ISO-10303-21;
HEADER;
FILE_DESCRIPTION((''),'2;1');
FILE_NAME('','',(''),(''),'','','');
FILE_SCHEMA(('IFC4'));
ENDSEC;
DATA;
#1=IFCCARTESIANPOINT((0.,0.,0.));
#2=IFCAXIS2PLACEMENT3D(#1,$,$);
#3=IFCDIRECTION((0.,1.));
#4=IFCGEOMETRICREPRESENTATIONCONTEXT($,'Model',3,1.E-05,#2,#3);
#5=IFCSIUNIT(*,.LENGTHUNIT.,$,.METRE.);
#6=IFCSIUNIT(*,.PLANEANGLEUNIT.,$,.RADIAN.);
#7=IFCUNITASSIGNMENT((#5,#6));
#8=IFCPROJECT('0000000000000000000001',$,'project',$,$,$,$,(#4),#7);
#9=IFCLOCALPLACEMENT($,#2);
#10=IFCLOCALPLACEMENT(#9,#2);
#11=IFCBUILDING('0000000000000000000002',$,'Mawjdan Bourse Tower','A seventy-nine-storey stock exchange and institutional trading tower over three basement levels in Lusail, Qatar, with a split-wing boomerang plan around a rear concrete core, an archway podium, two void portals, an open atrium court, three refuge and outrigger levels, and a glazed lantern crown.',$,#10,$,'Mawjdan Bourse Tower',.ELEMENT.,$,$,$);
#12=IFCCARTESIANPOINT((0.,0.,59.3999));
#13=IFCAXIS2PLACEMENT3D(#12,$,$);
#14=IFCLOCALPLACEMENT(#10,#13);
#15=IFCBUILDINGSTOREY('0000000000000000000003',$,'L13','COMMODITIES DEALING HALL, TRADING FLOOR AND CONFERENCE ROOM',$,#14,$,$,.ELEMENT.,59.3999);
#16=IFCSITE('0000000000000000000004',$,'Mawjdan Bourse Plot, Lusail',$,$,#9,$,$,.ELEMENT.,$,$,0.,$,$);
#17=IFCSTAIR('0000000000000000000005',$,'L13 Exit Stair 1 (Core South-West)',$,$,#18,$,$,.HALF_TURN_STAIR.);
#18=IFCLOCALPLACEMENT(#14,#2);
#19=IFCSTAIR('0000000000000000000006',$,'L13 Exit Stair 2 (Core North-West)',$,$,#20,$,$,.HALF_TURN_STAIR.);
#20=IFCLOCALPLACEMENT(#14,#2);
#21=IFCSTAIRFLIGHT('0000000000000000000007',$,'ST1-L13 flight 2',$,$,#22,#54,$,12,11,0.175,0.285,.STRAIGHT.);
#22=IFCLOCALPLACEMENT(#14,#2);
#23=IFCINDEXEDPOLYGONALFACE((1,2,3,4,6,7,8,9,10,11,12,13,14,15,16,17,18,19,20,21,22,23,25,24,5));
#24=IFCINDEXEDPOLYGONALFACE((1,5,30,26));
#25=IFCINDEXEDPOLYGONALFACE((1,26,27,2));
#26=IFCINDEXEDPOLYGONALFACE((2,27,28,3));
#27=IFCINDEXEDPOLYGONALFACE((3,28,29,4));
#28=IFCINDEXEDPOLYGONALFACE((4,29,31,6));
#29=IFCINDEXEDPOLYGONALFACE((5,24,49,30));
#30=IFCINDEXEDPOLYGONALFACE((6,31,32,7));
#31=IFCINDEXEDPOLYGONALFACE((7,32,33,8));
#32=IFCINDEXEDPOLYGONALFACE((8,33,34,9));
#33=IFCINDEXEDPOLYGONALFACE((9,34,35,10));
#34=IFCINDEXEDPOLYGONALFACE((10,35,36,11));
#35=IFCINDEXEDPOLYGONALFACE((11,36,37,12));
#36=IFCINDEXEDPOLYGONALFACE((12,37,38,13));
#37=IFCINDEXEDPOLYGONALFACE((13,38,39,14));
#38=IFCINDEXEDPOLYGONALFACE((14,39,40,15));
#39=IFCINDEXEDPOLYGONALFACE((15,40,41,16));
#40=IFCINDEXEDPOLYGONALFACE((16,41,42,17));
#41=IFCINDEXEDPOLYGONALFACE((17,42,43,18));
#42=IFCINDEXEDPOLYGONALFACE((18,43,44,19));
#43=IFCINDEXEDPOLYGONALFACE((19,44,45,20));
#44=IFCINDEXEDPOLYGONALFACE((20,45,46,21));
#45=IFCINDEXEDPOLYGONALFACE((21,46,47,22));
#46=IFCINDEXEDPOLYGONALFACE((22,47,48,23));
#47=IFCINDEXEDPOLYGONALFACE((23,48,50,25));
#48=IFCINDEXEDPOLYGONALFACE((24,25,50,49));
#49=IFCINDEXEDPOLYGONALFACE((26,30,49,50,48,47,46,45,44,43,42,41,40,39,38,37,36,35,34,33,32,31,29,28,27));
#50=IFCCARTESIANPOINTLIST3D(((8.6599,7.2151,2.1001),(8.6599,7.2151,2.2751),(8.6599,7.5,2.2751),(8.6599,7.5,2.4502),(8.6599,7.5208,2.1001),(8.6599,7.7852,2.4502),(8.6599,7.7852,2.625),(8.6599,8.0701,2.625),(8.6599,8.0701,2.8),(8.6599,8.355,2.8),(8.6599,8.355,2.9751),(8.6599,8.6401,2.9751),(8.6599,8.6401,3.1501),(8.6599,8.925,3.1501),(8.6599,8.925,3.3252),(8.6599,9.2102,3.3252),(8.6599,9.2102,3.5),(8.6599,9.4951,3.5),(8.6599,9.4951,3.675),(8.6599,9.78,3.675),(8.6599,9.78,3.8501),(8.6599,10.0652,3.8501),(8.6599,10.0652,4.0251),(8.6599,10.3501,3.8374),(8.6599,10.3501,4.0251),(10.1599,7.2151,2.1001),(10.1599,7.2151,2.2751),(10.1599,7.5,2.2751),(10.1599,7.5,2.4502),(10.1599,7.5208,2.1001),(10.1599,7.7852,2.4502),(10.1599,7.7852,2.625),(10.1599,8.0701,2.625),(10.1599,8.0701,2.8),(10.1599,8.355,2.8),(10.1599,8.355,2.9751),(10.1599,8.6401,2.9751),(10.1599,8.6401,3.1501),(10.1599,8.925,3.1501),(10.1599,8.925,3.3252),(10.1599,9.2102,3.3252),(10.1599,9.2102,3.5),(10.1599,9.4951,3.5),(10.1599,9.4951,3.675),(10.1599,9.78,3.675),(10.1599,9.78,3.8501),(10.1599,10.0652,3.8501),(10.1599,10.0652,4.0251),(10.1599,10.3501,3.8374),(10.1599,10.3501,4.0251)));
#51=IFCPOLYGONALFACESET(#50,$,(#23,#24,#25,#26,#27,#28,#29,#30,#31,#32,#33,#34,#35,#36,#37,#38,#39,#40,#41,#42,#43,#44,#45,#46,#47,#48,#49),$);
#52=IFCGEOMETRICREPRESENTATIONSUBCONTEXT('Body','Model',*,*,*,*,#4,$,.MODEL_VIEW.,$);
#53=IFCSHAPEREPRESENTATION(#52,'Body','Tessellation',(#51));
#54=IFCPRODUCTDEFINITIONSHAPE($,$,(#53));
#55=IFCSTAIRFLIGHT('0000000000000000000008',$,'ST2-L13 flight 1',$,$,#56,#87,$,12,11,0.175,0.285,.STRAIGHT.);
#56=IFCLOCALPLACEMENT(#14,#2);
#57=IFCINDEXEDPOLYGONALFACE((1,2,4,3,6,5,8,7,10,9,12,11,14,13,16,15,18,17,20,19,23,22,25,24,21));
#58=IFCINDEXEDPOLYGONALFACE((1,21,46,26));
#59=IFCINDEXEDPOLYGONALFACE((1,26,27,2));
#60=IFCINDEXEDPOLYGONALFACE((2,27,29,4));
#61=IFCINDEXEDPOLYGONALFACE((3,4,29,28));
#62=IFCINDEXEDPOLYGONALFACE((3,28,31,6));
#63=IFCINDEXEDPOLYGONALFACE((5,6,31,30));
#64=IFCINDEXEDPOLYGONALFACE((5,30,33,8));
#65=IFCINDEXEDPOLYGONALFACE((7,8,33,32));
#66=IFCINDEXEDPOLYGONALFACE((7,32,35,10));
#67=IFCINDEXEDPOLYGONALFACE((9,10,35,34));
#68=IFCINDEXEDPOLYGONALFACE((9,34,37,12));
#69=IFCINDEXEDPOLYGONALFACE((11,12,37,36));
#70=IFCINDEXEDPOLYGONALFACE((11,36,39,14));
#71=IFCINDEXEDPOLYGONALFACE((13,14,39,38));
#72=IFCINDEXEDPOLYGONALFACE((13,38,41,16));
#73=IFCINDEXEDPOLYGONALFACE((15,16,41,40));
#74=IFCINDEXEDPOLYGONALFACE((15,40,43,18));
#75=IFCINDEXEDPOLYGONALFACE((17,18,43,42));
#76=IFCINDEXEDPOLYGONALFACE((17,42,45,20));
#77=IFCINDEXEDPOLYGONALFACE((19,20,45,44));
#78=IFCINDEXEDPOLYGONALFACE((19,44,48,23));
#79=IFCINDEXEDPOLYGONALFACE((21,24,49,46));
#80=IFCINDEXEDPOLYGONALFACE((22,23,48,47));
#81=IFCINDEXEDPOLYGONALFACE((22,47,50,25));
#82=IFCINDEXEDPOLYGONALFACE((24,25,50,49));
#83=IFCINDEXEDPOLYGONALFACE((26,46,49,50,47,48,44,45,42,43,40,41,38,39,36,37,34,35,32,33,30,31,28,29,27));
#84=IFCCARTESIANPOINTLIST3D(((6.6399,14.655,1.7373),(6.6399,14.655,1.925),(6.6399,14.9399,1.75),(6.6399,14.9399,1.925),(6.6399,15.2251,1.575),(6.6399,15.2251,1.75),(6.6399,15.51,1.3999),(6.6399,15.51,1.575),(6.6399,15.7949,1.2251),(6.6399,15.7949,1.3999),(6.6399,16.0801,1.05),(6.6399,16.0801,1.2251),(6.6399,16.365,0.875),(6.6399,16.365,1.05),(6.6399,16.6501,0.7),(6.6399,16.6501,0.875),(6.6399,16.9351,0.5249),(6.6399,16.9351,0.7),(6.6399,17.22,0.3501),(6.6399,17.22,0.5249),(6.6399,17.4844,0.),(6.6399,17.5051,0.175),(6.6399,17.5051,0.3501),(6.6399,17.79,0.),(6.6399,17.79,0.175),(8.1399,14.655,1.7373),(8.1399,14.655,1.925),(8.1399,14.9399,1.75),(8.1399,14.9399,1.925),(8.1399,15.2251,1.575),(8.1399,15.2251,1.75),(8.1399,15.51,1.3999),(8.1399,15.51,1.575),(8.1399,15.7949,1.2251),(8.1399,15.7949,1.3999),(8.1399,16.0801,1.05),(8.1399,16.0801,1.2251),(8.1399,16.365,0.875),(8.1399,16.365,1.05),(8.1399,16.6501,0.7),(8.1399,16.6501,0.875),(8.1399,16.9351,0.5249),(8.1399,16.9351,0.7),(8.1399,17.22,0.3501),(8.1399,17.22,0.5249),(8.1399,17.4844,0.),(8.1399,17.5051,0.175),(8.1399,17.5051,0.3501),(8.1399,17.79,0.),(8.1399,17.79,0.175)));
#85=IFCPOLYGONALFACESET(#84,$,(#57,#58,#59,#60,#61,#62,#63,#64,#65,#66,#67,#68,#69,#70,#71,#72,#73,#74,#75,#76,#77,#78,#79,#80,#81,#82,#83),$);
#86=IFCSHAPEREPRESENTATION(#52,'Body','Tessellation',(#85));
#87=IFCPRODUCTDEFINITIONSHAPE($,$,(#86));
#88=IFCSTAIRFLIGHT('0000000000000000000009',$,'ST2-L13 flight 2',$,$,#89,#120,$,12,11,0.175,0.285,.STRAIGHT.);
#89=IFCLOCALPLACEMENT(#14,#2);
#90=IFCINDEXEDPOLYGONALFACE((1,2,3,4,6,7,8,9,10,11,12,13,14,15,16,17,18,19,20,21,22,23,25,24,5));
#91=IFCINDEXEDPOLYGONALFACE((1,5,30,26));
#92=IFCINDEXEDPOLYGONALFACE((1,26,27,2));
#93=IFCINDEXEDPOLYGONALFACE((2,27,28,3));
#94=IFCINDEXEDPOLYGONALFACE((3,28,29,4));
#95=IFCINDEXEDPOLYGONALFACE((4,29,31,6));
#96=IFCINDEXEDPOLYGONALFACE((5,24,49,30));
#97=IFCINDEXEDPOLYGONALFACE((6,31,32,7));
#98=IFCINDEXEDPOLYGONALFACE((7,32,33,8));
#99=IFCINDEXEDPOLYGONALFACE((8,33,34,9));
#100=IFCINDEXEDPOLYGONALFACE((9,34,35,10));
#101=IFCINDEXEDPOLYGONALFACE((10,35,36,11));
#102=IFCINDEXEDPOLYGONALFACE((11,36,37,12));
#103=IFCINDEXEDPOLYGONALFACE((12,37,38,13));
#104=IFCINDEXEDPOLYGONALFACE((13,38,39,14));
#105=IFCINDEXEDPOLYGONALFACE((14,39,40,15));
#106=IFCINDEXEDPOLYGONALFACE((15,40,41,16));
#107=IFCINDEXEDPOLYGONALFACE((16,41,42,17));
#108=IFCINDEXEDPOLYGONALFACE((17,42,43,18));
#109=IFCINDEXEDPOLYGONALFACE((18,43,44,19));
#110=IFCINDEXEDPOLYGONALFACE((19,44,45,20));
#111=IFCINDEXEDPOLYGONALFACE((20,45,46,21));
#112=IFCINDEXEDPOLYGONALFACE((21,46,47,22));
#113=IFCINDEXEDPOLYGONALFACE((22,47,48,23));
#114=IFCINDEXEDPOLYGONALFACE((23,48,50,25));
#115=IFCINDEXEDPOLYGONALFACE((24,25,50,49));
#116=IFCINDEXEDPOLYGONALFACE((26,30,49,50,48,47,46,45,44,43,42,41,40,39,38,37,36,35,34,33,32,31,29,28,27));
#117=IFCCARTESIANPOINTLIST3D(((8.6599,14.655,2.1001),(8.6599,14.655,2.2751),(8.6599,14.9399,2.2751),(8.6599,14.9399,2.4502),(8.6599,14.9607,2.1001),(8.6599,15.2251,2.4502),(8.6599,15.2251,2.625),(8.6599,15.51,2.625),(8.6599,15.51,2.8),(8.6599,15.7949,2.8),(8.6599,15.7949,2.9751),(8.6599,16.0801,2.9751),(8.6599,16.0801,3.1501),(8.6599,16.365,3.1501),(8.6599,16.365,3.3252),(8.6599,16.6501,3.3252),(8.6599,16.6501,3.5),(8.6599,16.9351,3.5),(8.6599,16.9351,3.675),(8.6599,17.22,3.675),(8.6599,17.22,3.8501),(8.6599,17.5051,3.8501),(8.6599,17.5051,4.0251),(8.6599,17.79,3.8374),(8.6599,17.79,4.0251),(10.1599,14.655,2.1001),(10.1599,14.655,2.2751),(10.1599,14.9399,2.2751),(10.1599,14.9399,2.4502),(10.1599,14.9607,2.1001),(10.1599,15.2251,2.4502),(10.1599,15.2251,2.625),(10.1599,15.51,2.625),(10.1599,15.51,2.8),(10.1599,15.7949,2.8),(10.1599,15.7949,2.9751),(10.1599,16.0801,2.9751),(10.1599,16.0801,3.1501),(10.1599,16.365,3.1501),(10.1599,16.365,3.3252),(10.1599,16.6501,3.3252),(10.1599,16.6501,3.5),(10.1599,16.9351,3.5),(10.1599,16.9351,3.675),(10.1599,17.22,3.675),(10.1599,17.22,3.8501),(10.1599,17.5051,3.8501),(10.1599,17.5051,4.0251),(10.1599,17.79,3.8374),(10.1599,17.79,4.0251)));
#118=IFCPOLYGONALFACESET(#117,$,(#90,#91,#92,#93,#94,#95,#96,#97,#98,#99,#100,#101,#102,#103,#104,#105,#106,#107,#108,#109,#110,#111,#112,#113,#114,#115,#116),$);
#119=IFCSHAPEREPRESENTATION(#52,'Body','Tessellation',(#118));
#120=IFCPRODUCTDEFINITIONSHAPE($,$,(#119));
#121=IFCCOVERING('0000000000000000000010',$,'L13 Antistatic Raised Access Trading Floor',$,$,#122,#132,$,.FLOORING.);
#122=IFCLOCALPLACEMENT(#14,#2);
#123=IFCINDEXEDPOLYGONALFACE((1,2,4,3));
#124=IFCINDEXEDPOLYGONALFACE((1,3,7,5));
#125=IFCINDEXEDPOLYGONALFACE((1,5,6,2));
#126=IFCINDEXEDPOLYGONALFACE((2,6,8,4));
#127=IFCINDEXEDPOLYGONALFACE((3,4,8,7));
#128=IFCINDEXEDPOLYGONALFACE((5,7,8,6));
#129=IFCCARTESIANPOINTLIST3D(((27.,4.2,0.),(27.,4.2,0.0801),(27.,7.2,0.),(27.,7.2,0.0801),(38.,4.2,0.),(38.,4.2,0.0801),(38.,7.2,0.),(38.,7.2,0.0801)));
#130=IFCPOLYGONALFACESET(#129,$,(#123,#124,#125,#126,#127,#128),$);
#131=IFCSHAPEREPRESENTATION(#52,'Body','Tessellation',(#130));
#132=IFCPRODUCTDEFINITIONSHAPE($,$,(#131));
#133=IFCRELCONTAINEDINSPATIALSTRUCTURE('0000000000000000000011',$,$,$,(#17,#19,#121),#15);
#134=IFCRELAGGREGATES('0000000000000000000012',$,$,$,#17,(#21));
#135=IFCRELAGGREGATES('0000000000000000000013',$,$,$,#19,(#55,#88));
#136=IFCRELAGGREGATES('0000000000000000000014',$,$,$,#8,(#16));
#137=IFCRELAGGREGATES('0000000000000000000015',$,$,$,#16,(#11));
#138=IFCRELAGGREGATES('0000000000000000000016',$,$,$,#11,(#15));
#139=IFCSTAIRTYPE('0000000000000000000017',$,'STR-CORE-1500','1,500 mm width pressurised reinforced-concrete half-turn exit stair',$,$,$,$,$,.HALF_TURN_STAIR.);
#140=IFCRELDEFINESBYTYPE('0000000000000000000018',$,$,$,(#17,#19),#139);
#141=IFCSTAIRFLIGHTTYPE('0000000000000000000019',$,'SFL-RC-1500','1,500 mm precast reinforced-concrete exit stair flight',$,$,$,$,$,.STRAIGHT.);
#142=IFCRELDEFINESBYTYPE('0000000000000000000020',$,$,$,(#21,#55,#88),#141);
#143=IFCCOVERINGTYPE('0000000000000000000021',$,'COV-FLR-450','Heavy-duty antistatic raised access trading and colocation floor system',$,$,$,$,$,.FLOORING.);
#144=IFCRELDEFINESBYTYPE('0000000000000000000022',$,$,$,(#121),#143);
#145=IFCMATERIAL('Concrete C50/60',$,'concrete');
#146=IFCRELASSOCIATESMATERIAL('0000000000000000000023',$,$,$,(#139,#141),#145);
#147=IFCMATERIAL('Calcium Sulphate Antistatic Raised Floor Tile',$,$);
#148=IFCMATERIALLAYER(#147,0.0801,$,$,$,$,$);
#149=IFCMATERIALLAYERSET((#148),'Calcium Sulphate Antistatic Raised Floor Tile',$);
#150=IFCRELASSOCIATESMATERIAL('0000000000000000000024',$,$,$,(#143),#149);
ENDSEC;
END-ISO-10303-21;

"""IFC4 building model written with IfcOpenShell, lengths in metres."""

from ifc_helpers import new_model, si_unit, direction, frame, origin, place, context, subcontext, project, spatial, polyline, outline, extrude, material, layer, layer_set, type_object, element, aggregate, save


model = new_model("IFC4")

# Units and contexts
model_context = context("Model", 3, precision=1e-05, world=origin(), true_north=direction((0.0, 1.0)))
body_context = subcontext(model_context, "Body", "Model", "MODEL_VIEW")
ifc_project = project(units=[si_unit("LENGTHUNIT", "METRE"), si_unit("PLANEANGLEUNIT", "RADIAN")], contexts=[model_context])

# Site, building, storey
site_placement = place(None, origin())
site = spatial("IfcSite", under=ifc_project, at=site_placement, Name="Mawjdan Bourse Plot, Lusail", CompositionType="ELEMENT", RefElevation=0.0)
building_placement = place(site_placement, origin())
building = spatial("IfcBuilding", under=site, at=building_placement, Name="Mawjdan Bourse Tower", Description="A seventy-nine-storey stock exchange and institutional trading tower over three basement levels in Lusail, Qatar, with a split-wing boomerang plan around a rear concrete core, an archway podium, two void portals, an open atrium court, three refuge and outrigger levels, and a glazed lantern crown.", LongName="Mawjdan Bourse Tower", CompositionType="ELEMENT")
storey_placement = place(building_placement, frame((0.0, 0.0, 59.3999)))
storey = spatial("IfcBuildingStorey", under=building, at=storey_placement, Name="L13", Description="COMMODITIES DEALING HALL, TRADING FLOOR AND CONFERENCE ROOM", CompositionType="ELEMENT", Elevation=59.3999)

# Stairs
ifc_material_1 = material(Name="Concrete C50/60", Category="concrete")
stair_type = type_object("IfcStairType", Name="STR-CORE-1500", Description="1,500 mm width pressurised reinforced-concrete half-turn exit stair", PredefinedType="HALF_TURN_STAIR", material=ifc_material_1)
stair_1_placement = place(storey_placement, origin())
stair_1 = element("IfcStair", 1, at=stair_1_placement, inside=storey, type_object=stair_type, Name="L13 Exit Stair 1 (Core South-West)", PredefinedType="HALF_TURN_STAIR")
stair_2_placement = place(storey_placement, origin())
stair_2 = element("IfcStair", 2, at=stair_2_placement, inside=storey, type_object=stair_type, Name="L13 Exit Stair 2 (Core North-West)", PredefinedType="HALF_TURN_STAIR")

# Stair flights
stair_flight_type = type_object("IfcStairFlightType", Name="SFL-RC-1500", Description="1,500 mm precast reinforced-concrete exit stair flight", PredefinedType="STRAIGHT", material=ifc_material_1)
stair_flight_1_placement = place(storey_placement, frame((9.4099, 7.2151, 2.1001), z_axis=(0.0, 0.0, 1.0), x_axis=(0.0, 1.0, 0.0)))
stair_flight_1 = element("IfcStairFlight", 3, at=stair_flight_1_placement, type_object=stair_flight_type, Name="ST1-L13 flight 2", NumberOfRisers=12, NumberOfTreads=11, PredefinedType="STRAIGHT", RiserHeight=0.175, TreadLength=0.285, context=body_context, shape_type="SweptSolid", body=[
    extrude(outline(polyline([(0.0, 0.0), (0.0, 0.175), (0.2849, 0.175), (0.2849, 0.3501), (0.5701, 0.3501), (0.5701, 0.5249), (0.855, 0.5249), (0.855, 0.7), (1.1399, 0.7), (1.1399, 0.875), (1.425, 0.875), (1.425, 1.05), (1.71, 1.05), (1.71, 1.2251), (1.9951, 1.2251), (1.9951, 1.3999), (2.28, 1.3999), (2.28, 1.575), (2.5649, 1.575), (2.5649, 1.75), (2.8501, 1.75), (2.8501, 1.925), (3.135, 1.925), (3.135, 2.1001), (3.135, 1.7373), (0.3057, 0.0), (0.0, 0.0)])), frame((0.0, 0.75, 0.0), z_axis=(0.0, -1.0, 0.0), x_axis=(1.0, 0.0, 0.0)), (0.0, 0.0, 1.0), 1.5),
])
aggregate(stair_1, [stair_flight_1])
stair_flight_2_placement = place(storey_placement, frame((7.3899, 17.79, 0.0), z_axis=(0.0, 0.0, 1.0), x_axis=(0.0, -1.0, 0.0)))
stair_flight_2 = element("IfcStairFlight", 4, at=stair_flight_2_placement, type_object=stair_flight_type, Name="ST2-L13 flight 1", NumberOfRisers=12, NumberOfTreads=11, PredefinedType="STRAIGHT", RiserHeight=0.175, TreadLength=0.285, context=body_context, shape_type="SweptSolid", body=[
    extrude(outline(polyline([(0.0, 0.0), (0.0, 0.175), (0.2849, 0.175), (0.2849, 0.3501), (0.5701, 0.3501), (0.5701, 0.5249), (0.855, 0.5249), (0.855, 0.7), (1.1399, 0.7), (1.1399, 0.875), (1.425, 0.875), (1.425, 1.05), (1.71, 1.05), (1.71, 1.2251), (1.9951, 1.2251), (1.9951, 1.3999), (2.28, 1.3999), (2.28, 1.575), (2.5649, 1.575), (2.5649, 1.75), (2.8501, 1.75), (2.8501, 1.925), (3.135, 1.925), (3.135, 2.1001), (3.135, 1.7373), (0.3057, 0.0), (0.0, 0.0)])), frame((0.0, 0.75, 0.0), z_axis=(0.0, -1.0, 0.0), x_axis=(1.0, 0.0, 0.0)), (0.0, 0.0, 1.0), 1.5),
])
stair_flight_3_placement = place(storey_placement, frame((9.4099, 14.655, 2.1001), z_axis=(0.0, 0.0, 1.0), x_axis=(0.0, 1.0, 0.0)))
stair_flight_3 = element("IfcStairFlight", 5, at=stair_flight_3_placement, type_object=stair_flight_type, Name="ST2-L13 flight 2", NumberOfRisers=12, NumberOfTreads=11, PredefinedType="STRAIGHT", RiserHeight=0.175, TreadLength=0.285, context=body_context, shape_type="SweptSolid", body=[
    extrude(outline(polyline([(0.0, 0.0), (0.0, 0.175), (0.2849, 0.175), (0.2849, 0.3501), (0.5701, 0.3501), (0.5701, 0.5249), (0.855, 0.5249), (0.855, 0.7), (1.1399, 0.7), (1.1399, 0.875), (1.425, 0.875), (1.425, 1.05), (1.71, 1.05), (1.71, 1.2251), (1.9951, 1.2251), (1.9951, 1.3999), (2.28, 1.3999), (2.28, 1.575), (2.5649, 1.575), (2.5649, 1.75), (2.8501, 1.75), (2.8501, 1.925), (3.135, 1.925), (3.135, 2.1001), (3.135, 1.7373), (0.3057, 0.0), (0.0, 0.0)])), frame((0.0, 0.75, 0.0), z_axis=(0.0, -1.0, 0.0), x_axis=(1.0, 0.0, 0.0)), (0.0, 0.0, 1.0), 1.5),
])
aggregate(stair_2, [stair_flight_2, stair_flight_3])

# Covering
ifc_material_2 = material(Name="Calcium Sulphate Antistatic Raised Floor Tile")
ifc_layer_1 = layer(ifc_material_2, 0.0801)
ifc_layer_set_1 = layer_set([ifc_layer_1], Name="Calcium Sulphate Antistatic Raised Floor Tile")
covering_type = type_object("IfcCoveringType", Name="COV-FLR-450", Description="Heavy-duty antistatic raised access trading and colocation floor system", PredefinedType="FLOORING", material=ifc_layer_set_1)
covering_placement = place(storey_placement, origin())
element("IfcCovering", 6, at=covering_placement, inside=storey, type_object=covering_type, Name="L13 Antistatic Raised Access Trading Floor", PredefinedType="FLOORING", context=body_context, shape_type="SweptSolid", body=[
    extrude(outline(polyline([(27.0, 4.2), (38.0, 4.2), (38.0, 7.2), (27.0, 7.2), (27.0, 4.2)])), origin(), (0.0, 0.0, 1.0), 0.0801),
])

save(model, "model.ifc")
